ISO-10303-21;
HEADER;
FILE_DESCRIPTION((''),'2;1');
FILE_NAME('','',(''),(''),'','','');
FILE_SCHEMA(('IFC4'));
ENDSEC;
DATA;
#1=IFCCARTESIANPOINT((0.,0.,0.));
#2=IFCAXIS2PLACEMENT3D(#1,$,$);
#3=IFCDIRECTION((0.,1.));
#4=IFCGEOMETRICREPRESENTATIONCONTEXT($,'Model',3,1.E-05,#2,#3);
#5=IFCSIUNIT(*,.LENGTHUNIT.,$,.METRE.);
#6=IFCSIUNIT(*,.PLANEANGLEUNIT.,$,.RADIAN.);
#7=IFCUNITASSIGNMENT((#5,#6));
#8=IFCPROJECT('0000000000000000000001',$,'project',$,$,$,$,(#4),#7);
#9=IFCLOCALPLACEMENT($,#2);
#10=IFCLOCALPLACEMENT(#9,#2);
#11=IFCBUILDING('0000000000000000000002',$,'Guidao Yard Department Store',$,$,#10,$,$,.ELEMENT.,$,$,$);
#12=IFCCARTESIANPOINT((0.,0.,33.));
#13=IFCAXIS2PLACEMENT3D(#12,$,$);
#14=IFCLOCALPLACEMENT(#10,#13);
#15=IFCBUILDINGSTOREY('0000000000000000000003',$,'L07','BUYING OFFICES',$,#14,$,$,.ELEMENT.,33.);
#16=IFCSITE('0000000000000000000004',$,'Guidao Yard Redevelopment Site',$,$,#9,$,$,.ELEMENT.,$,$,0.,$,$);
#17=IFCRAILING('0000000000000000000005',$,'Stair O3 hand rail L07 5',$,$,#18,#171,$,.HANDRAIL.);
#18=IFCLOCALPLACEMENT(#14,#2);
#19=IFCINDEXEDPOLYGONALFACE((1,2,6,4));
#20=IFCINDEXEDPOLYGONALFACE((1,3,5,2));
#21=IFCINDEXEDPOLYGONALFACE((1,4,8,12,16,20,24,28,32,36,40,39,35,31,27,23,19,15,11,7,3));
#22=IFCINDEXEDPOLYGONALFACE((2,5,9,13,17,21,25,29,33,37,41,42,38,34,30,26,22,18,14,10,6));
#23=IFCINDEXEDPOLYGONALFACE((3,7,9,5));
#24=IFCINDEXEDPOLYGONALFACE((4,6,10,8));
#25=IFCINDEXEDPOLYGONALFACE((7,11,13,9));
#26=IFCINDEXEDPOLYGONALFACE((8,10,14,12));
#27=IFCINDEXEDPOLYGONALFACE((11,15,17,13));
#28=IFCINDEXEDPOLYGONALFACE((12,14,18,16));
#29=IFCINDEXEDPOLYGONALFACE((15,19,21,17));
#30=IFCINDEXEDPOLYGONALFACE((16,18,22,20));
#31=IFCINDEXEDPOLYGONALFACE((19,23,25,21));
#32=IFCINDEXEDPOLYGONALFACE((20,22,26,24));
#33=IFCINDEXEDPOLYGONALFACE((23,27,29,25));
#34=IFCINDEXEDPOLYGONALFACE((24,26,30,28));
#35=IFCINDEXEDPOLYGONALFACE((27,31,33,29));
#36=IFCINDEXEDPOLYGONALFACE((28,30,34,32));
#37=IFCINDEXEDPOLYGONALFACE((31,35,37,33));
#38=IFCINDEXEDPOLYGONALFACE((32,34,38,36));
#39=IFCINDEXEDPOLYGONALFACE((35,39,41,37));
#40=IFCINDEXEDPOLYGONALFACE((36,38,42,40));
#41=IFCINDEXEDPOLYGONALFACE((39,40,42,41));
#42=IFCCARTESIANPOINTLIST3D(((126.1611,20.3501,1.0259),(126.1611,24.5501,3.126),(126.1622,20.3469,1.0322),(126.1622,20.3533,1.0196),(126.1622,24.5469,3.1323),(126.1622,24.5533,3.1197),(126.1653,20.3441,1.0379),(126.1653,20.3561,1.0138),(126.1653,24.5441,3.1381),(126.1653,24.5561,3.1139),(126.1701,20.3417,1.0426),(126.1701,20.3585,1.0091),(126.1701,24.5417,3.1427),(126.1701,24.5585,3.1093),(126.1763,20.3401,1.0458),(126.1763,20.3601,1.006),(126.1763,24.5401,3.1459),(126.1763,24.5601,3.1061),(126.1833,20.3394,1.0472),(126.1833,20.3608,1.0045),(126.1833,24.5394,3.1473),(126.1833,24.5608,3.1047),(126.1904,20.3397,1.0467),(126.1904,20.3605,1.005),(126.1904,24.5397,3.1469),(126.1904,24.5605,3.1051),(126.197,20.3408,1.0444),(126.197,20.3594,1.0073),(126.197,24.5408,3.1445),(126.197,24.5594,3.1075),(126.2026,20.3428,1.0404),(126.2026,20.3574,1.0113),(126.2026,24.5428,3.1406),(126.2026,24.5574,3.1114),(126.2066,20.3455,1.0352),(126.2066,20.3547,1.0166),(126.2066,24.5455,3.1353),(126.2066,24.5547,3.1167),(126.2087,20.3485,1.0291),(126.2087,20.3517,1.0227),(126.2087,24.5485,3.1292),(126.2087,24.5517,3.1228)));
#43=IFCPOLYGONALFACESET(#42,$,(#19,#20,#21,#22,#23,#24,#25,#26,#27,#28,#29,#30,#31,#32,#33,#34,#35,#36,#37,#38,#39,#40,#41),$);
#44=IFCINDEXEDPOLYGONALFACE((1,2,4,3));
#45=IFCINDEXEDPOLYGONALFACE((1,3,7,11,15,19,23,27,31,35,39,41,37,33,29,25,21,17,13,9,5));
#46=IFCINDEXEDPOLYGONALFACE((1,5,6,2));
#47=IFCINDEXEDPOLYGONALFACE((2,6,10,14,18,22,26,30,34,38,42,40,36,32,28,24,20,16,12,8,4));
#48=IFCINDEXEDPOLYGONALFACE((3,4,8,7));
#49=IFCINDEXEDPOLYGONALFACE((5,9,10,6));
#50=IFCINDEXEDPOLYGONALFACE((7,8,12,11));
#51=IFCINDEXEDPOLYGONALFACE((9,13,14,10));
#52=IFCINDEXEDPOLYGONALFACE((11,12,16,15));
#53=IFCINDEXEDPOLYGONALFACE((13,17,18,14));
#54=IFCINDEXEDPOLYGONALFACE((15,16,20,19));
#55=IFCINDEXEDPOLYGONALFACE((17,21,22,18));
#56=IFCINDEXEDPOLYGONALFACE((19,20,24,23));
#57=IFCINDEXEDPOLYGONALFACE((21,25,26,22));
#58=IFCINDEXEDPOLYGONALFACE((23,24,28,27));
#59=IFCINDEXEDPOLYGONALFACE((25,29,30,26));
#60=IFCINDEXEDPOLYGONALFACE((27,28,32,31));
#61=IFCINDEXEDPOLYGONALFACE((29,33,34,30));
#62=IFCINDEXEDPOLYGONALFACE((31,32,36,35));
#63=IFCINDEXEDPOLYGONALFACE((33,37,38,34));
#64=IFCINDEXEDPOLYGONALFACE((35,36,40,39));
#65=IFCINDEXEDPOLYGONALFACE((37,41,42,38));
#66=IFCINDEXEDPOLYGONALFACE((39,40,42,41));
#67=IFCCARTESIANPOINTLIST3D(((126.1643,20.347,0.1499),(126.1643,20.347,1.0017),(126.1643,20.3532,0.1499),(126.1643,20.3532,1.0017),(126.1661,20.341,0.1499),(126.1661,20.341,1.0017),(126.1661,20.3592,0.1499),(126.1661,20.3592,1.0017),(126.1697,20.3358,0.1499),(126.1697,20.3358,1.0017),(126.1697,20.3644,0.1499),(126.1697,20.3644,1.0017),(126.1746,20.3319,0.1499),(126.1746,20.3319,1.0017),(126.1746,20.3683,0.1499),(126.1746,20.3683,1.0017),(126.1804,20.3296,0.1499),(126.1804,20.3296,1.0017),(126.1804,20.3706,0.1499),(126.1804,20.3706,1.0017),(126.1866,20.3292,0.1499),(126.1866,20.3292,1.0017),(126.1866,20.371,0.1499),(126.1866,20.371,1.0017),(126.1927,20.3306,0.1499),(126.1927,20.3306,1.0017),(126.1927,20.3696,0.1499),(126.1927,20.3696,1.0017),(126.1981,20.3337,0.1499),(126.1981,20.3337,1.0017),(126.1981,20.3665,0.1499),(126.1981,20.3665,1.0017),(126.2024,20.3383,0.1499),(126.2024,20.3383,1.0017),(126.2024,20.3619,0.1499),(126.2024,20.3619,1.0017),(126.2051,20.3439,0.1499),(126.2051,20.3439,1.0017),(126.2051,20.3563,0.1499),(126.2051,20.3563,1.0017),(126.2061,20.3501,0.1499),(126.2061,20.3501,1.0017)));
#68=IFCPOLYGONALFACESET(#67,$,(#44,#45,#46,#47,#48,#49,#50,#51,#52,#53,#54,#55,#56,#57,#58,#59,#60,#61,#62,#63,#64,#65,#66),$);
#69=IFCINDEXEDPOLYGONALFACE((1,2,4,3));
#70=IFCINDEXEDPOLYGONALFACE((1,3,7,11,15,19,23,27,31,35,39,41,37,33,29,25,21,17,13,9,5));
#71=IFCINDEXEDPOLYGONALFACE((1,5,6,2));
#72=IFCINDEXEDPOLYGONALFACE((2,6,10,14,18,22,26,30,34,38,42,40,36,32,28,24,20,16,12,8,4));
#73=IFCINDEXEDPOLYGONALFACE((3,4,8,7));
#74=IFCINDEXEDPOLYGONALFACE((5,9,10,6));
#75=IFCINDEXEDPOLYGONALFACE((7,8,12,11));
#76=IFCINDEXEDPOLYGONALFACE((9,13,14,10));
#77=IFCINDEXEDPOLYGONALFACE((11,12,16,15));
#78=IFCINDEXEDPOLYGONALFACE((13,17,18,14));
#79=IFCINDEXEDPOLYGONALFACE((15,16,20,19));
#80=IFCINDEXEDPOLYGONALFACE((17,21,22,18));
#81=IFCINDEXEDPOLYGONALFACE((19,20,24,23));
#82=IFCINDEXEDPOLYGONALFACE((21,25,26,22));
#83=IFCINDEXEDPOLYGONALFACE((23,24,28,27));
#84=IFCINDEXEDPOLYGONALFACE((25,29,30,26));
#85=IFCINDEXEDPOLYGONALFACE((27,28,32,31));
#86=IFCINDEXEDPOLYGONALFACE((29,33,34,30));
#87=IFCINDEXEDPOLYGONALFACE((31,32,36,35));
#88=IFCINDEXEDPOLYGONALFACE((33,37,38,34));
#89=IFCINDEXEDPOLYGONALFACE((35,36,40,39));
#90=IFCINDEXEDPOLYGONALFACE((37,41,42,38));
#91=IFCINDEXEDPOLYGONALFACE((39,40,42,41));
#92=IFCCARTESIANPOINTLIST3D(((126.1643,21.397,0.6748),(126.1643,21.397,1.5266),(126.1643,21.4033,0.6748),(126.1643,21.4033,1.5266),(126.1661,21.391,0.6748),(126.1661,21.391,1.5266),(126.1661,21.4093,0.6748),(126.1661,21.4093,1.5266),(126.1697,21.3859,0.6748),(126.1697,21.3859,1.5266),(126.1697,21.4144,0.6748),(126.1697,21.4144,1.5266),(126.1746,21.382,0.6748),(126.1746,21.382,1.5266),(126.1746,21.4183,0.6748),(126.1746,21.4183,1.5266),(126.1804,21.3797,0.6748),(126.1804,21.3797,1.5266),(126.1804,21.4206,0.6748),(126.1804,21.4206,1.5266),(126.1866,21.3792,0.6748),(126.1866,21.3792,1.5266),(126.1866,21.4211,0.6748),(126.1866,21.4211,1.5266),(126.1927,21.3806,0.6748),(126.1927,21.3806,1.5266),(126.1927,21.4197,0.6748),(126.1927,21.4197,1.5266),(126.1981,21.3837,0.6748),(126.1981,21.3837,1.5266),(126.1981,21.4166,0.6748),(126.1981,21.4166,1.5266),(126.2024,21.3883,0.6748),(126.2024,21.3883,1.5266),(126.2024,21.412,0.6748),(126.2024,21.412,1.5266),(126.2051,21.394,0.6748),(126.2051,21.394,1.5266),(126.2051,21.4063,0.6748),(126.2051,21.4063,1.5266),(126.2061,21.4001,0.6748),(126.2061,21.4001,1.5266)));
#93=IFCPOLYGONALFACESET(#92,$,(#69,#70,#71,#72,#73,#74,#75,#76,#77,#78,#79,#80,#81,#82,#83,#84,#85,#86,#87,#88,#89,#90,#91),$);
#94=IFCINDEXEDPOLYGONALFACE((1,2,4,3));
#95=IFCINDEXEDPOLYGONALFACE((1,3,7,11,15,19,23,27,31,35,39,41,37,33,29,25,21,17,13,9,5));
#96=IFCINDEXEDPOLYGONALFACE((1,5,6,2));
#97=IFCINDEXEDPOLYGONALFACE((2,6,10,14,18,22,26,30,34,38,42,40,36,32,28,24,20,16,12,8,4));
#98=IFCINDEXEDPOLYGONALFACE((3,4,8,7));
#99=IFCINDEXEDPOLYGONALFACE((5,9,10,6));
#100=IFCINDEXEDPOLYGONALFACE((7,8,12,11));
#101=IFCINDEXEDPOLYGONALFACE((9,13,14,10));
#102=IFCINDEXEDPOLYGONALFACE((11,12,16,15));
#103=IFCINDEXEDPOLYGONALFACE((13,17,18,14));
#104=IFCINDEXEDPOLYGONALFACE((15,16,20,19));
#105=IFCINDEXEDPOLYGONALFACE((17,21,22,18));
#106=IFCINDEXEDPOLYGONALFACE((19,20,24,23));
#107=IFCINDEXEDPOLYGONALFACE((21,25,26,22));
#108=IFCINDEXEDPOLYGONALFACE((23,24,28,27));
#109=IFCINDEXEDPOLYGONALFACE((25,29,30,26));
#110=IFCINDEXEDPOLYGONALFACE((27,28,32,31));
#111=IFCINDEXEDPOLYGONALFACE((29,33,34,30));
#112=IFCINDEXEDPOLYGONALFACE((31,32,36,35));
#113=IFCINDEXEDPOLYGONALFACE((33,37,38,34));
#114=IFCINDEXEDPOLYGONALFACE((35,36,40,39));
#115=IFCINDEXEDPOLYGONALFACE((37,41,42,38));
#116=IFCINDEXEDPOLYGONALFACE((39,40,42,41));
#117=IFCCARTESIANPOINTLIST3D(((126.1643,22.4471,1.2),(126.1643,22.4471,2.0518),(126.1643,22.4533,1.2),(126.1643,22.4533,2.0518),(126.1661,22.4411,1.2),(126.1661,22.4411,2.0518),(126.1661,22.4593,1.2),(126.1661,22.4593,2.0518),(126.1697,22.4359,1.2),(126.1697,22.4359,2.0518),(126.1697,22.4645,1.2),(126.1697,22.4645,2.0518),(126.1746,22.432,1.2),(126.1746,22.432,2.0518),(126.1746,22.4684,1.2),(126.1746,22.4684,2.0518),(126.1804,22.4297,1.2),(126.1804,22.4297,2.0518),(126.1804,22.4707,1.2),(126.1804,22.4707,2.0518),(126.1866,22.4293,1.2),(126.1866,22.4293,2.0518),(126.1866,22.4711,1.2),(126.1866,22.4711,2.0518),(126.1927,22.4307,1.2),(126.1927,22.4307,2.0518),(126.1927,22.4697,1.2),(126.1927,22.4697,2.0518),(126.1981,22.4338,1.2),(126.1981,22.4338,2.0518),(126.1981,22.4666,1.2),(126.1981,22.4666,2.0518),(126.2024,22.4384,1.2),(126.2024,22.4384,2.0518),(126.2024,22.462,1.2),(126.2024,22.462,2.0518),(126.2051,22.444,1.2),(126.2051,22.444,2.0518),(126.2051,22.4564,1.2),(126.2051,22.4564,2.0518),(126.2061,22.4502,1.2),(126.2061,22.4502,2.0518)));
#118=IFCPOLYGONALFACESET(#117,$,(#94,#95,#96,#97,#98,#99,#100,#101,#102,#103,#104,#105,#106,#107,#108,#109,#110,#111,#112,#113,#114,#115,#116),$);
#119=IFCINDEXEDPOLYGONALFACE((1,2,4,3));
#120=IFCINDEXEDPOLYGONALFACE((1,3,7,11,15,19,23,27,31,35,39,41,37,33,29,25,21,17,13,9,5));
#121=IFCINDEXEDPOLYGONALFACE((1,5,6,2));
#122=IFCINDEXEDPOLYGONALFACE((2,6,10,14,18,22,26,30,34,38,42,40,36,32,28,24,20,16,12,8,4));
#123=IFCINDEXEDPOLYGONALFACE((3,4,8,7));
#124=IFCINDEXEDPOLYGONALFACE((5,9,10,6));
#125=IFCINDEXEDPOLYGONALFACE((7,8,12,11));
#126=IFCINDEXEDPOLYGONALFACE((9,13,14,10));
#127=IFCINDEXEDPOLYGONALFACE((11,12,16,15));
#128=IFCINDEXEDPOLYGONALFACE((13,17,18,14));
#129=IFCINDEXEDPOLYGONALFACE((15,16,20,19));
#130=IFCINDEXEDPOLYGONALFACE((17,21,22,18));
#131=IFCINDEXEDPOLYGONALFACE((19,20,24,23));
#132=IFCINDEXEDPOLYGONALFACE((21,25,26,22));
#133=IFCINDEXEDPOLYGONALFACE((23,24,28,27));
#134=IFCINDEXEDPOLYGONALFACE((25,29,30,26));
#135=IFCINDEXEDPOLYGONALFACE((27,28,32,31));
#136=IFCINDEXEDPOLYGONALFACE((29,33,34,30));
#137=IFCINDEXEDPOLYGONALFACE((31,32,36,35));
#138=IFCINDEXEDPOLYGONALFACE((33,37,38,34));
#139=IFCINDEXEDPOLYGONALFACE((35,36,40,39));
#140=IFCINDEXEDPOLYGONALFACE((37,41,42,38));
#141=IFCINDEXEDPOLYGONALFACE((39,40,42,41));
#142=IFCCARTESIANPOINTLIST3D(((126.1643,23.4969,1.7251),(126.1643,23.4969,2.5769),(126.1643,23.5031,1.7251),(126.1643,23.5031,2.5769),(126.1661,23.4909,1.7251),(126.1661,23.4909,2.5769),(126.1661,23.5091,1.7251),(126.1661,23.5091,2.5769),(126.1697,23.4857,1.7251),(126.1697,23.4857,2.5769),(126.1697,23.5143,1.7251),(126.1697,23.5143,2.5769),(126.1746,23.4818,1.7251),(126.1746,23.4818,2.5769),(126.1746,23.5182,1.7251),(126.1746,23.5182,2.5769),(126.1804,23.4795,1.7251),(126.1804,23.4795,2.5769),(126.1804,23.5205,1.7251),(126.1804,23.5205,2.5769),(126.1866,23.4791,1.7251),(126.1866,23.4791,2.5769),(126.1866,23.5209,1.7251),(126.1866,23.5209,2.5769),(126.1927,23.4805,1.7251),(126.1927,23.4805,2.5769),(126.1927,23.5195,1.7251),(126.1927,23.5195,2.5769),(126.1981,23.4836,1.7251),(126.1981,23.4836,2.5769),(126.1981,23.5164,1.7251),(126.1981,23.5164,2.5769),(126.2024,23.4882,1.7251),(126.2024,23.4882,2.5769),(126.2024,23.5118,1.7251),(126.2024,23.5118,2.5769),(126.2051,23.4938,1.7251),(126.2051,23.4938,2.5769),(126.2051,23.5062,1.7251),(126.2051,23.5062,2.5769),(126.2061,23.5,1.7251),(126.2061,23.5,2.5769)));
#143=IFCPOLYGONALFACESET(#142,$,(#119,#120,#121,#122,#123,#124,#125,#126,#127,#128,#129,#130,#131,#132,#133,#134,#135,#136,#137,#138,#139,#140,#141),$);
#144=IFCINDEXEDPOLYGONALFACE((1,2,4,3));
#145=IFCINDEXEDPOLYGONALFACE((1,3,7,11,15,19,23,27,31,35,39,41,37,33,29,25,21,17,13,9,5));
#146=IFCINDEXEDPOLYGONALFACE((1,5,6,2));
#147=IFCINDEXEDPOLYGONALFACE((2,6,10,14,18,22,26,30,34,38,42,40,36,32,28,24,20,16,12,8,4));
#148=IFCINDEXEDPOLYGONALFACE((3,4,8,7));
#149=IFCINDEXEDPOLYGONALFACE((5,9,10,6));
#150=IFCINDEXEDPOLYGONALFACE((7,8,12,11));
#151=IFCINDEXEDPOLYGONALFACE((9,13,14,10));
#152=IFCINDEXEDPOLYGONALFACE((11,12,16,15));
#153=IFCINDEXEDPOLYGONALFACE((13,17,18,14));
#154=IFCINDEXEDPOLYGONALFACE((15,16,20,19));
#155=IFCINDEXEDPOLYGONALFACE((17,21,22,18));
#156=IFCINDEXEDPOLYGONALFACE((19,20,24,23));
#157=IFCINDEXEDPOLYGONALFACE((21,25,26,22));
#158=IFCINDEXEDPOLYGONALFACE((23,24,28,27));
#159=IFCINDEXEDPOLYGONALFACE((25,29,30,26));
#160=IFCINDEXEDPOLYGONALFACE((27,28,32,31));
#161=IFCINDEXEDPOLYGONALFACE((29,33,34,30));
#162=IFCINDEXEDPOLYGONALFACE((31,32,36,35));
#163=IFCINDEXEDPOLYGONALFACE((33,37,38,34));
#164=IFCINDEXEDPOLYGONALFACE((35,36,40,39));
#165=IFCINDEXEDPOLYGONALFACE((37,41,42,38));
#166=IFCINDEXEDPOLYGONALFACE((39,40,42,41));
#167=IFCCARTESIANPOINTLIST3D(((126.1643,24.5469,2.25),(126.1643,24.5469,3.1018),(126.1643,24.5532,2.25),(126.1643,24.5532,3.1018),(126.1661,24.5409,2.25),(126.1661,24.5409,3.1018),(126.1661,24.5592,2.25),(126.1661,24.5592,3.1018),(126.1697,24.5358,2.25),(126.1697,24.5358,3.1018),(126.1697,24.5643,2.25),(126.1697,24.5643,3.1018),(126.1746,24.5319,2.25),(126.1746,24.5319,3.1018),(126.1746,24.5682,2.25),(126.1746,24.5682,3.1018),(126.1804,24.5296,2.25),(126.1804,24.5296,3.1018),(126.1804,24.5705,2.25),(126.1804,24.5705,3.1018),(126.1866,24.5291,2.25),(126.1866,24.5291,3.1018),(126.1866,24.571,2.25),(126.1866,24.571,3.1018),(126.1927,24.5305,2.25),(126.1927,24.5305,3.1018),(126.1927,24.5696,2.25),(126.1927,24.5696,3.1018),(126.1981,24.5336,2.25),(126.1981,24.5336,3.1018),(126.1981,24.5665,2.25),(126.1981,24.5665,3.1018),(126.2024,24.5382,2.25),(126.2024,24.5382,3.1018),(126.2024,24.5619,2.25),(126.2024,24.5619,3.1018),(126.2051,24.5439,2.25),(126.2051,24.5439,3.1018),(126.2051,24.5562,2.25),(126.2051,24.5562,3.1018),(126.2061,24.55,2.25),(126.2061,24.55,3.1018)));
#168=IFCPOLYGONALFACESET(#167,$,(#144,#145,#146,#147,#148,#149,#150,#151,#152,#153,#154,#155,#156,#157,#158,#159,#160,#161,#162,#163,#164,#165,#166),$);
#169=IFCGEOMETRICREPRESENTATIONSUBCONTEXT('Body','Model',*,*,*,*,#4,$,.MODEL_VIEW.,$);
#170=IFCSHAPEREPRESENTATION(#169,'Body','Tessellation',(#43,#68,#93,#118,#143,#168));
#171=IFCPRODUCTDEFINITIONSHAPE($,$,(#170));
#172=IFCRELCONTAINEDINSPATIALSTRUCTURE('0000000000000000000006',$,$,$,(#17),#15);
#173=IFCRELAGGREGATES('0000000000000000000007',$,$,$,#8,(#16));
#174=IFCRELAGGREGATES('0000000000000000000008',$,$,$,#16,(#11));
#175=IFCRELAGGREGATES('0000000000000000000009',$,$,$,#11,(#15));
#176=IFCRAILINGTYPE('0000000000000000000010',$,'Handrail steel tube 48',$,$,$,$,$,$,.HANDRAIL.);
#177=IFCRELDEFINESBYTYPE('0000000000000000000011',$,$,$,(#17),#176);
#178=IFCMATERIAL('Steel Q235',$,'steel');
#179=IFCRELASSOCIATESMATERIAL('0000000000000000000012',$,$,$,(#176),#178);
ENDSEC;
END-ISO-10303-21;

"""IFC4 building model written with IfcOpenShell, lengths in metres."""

from ifc_helpers import new_model, si_unit, direction, frame, origin, origin_2d, place, context, subcontext, project, spatial, circle, extrude, material, type_object, element, save


model = new_model("IFC4")

# Units and contexts
model_context = context("Model", 3, precision=1e-05, world=origin(), true_north=direction((0.0, 1.0)))
body_context = subcontext(model_context, "Body", "Model", "MODEL_VIEW")
ifc_project = project(units=[si_unit("LENGTHUNIT", "METRE"), si_unit("PLANEANGLEUNIT", "RADIAN")], contexts=[model_context])

# Site, building, storey
site_placement = place(None, origin())
site = spatial("IfcSite", under=ifc_project, at=site_placement, Name="Guidao Yard Redevelopment Site", CompositionType="ELEMENT", RefElevation=0.0)
building_placement = place(site_placement, origin())
building = spatial("IfcBuilding", under=site, at=building_placement, Name="Guidao Yard Department Store", CompositionType="ELEMENT")
storey_placement = place(building_placement, frame((0.0, 0.0, 33.0)))
storey = spatial("IfcBuildingStorey", under=building, at=storey_placement, Name="L07", Description="BUYING OFFICES", CompositionType="ELEMENT", Elevation=33.0)

# Railing
ifc_material_1 = material(Name="Steel Q235", Category="steel")
railing_type_1 = type_object("IfcRailingType", Name="Handrail steel tube 48", PredefinedType="HANDRAIL", material=ifc_material_1)
for number, where, name in (
    (1, (126.1851, 20.3501, 0.1499), "Stair O3 hand rail L07 5"),
):
    element("IfcRailing", number, at=place(storey_placement, frame(where)), inside=storey, type_object=railing_type_1, Name=name, PredefinedType="HANDRAIL", context=body_context, shape_type="SweptSolid", body=[
        extrude(circle(Radius=0.0239, at=origin_2d()), frame((0.0, 0.0, 0.876), z_axis=(0.0, 0.894417, 0.447234), x_axis=(-1.0, 0.0, 0.0)), (0.0, 0.0, 1.0), 4.6958),
        extrude(circle(Radius=0.021, at=origin_2d()), origin(), (0.0, 0.0, 1.0), 0.8518),
        extrude(circle(Radius=0.021, at=origin_2d()), frame((0.0, 1.05, 0.5249)), (0.0, 0.0, 1.0), 0.8518),
        extrude(circle(Radius=0.021, at=origin_2d()), frame((0.0, 2.1001, 1.05)), (0.0, 0.0, 1.0), 0.8518),
        extrude(circle(Radius=0.021, at=origin_2d()), frame((0.0, 3.1499, 1.5752)), (0.0, 0.0, 1.0), 0.8518),
        extrude(circle(Radius=0.021, at=origin_2d()), frame((0.0, 4.2, 2.1001)), (0.0, 0.0, 1.0), 0.8518),
    ])

save(model, "model.ifc")
